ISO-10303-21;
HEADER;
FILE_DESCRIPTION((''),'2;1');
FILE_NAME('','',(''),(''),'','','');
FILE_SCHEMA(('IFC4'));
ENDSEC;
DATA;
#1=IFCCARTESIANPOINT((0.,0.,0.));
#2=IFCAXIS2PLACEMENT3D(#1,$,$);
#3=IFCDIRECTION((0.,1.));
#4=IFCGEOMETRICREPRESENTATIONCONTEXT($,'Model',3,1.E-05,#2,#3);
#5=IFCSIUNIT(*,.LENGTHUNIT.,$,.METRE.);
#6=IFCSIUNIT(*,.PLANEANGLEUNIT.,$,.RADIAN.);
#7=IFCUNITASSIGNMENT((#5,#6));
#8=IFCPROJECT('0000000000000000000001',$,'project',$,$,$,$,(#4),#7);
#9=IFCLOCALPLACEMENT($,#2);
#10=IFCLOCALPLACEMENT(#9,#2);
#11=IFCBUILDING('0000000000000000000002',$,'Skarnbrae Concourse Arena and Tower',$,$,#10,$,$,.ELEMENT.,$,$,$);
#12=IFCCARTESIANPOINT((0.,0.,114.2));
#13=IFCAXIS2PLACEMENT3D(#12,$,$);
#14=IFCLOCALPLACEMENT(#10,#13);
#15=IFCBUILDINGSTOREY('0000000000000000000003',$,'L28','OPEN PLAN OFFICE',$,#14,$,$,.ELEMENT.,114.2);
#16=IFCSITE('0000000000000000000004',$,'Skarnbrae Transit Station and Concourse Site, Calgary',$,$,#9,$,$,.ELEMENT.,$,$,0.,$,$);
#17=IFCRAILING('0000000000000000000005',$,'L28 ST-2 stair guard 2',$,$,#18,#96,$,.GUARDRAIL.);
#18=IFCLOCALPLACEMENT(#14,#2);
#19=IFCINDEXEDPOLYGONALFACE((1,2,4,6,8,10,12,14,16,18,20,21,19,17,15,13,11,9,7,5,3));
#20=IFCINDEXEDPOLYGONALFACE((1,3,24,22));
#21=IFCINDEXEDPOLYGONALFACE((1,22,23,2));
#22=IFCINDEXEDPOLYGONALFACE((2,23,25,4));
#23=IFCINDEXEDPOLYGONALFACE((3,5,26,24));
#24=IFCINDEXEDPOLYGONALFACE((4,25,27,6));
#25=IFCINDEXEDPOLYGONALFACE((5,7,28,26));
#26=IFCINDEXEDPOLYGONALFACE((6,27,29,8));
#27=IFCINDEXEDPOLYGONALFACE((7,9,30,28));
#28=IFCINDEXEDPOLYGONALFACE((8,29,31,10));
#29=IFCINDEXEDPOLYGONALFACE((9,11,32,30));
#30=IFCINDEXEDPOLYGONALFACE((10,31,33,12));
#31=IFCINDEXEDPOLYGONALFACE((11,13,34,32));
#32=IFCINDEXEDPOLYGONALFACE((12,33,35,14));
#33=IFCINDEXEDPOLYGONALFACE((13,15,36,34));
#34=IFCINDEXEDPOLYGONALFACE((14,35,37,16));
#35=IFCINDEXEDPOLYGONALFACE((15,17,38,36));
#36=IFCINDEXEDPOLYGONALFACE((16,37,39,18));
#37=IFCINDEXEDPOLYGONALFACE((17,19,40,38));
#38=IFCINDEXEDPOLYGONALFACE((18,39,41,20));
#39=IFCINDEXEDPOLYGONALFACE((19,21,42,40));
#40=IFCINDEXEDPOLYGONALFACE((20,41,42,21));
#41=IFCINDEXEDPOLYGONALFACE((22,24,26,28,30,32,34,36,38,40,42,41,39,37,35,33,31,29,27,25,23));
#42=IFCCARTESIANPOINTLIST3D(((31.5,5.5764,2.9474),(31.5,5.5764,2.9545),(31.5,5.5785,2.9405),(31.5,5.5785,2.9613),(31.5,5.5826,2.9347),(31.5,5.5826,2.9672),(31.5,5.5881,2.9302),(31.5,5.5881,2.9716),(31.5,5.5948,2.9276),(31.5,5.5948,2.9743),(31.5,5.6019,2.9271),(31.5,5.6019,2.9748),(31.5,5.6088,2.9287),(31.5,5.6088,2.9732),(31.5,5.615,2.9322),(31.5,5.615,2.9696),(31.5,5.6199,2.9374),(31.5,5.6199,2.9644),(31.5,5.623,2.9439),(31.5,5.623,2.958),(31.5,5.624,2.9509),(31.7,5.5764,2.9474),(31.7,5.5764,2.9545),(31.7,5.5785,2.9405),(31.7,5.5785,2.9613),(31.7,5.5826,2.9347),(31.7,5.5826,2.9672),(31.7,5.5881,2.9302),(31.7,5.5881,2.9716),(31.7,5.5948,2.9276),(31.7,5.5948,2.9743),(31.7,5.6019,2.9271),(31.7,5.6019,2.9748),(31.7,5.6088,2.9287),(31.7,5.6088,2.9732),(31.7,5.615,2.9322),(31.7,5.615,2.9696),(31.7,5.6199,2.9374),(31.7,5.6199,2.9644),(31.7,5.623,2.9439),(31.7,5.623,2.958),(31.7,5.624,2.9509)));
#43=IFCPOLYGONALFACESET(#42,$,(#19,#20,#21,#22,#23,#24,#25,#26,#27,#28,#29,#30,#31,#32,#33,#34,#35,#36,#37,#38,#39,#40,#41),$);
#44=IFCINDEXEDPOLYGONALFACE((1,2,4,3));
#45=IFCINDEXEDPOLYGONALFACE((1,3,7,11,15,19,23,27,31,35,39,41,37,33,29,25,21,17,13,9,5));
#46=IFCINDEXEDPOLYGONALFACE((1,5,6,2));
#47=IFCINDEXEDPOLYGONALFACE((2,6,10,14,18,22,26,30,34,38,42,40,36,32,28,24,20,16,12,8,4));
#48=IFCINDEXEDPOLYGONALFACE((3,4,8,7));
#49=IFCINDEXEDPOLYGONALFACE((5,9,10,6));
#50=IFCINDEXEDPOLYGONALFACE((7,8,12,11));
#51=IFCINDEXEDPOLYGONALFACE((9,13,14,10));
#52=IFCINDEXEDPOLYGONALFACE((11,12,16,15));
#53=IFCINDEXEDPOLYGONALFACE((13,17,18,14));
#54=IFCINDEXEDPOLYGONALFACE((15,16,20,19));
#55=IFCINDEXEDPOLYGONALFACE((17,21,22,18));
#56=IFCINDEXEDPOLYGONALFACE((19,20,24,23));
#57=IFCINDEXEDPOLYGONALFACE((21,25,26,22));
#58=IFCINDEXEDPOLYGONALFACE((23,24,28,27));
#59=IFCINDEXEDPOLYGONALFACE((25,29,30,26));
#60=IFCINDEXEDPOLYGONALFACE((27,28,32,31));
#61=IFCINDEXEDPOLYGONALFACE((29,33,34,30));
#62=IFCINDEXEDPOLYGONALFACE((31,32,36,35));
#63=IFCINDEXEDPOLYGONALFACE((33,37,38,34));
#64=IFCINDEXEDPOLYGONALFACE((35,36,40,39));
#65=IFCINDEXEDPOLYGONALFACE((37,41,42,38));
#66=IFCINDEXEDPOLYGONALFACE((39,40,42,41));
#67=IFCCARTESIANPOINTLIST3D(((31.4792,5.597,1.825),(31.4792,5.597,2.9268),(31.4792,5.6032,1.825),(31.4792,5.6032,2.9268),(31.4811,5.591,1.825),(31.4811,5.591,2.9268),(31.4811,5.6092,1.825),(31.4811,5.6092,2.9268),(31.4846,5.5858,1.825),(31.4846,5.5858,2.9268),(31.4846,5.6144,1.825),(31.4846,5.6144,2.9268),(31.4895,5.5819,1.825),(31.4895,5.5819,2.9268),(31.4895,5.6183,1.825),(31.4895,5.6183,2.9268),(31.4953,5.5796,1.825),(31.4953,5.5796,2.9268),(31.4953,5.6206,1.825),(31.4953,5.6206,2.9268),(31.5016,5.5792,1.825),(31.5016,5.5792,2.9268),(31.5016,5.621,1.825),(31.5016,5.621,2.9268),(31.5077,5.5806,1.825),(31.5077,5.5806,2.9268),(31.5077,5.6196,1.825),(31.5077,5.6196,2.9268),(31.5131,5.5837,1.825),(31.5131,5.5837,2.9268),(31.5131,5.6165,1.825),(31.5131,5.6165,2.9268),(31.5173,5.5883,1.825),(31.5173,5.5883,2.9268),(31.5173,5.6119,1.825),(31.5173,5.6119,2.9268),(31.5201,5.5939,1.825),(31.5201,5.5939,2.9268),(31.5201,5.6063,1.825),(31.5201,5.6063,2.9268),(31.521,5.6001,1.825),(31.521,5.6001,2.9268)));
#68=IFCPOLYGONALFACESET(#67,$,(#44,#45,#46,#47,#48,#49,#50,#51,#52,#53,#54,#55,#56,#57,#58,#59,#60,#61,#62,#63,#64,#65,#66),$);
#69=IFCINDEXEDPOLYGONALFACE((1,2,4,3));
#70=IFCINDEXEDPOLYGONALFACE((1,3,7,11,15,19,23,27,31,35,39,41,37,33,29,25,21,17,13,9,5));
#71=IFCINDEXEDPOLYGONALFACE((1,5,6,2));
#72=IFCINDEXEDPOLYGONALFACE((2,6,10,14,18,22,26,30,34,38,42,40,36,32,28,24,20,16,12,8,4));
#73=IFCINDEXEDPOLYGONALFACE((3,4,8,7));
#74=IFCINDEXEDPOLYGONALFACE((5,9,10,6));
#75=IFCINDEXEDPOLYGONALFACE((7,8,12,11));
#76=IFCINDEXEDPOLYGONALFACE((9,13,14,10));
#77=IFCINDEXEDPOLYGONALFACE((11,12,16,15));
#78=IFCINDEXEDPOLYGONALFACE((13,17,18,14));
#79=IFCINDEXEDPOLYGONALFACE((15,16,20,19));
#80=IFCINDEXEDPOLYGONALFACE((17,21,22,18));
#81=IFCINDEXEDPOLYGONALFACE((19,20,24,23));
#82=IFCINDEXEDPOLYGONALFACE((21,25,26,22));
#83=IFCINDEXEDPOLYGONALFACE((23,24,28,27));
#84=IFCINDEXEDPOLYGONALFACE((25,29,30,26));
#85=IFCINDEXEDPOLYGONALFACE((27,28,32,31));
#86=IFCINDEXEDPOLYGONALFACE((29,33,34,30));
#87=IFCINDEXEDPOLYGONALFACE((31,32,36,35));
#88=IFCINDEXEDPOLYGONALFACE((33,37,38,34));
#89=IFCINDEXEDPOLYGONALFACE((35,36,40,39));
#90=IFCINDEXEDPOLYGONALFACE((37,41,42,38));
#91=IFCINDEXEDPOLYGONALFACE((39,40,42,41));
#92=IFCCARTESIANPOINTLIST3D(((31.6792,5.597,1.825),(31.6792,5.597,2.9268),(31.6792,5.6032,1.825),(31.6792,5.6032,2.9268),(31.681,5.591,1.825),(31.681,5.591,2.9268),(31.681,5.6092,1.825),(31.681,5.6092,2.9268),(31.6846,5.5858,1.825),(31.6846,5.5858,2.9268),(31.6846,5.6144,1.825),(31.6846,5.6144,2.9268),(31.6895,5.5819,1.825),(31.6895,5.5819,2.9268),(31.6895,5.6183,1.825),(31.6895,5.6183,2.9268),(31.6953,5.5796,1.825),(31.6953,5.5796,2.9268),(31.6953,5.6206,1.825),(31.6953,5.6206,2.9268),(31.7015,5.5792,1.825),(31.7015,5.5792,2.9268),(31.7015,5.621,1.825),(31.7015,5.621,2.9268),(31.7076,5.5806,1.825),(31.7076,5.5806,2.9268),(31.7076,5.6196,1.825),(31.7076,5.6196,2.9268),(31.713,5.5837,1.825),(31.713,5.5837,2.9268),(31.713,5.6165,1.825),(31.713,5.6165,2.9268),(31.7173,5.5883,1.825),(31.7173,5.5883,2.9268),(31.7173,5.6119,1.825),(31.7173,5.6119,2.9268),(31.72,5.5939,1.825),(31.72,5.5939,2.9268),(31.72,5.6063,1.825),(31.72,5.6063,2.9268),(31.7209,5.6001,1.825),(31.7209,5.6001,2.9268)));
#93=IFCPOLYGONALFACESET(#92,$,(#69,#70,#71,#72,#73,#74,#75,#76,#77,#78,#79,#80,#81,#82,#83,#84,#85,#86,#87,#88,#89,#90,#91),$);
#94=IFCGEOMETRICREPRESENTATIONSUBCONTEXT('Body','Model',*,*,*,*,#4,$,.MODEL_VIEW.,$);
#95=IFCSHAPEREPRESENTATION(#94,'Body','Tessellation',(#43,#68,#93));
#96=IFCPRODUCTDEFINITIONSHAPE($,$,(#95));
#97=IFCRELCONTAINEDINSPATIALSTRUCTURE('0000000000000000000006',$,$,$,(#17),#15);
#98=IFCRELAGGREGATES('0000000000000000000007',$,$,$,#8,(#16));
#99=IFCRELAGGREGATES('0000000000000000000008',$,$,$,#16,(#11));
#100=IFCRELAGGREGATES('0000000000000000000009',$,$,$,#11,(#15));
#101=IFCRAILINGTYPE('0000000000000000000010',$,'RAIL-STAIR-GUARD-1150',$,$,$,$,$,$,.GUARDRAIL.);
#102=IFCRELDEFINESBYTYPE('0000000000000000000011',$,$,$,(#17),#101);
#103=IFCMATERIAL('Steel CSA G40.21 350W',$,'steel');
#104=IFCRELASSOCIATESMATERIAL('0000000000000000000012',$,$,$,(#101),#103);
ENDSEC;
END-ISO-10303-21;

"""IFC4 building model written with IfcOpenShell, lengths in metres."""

from ifc_helpers import new_model, si_unit, direction, frame, origin, origin_2d, place, context, subcontext, project, spatial, circle, extrude, material, type_object, element, save


model = new_model("IFC4")

# Units and contexts
model_context = context("Model", 3, precision=1e-05, world=origin(), true_north=direction((0.0, 1.0)))
body_context = subcontext(model_context, "Body", "Model", "MODEL_VIEW")
ifc_project = project(units=[si_unit("LENGTHUNIT", "METRE"), si_unit("PLANEANGLEUNIT", "RADIAN")], contexts=[model_context])

# Site, building, storey
site_placement = place(None, origin())
site = spatial("IfcSite", under=ifc_project, at=site_placement, Name="Skarnbrae Transit Station and Concourse Site, Calgary", CompositionType="ELEMENT", RefElevation=0.0)
building_placement = place(site_placement, origin())
building = spatial("IfcBuilding", under=site, at=building_placement, Name="Skarnbrae Concourse Arena and Tower", CompositionType="ELEMENT")
storey_placement = place(building_placement, frame((0.0, 0.0, 114.2)))
storey = spatial("IfcBuildingStorey", under=building, at=storey_placement, Name="L28", Description="OPEN PLAN OFFICE", CompositionType="ELEMENT", Elevation=114.2)

# Railing
ifc_material_1 = material(Name="Steel CSA G40.21 350W", Category="steel")
railing_type_1 = type_object("IfcRailingType", Name="RAIL-STAIR-GUARD-1150", PredefinedType="GUARDRAIL", material=ifc_material_1)
railing_1_placement = place(storey_placement, frame((31.5, 5.6001, 1.825)))
element("IfcRailing", 1, at=railing_1_placement, inside=storey, type_object=railing_type_1, Name="L28 ST-2 stair guard 2", PredefinedType="GUARDRAIL", context=body_context, shape_type="SweptSolid", body=[
    extrude(circle(Radius=0.0239, at=origin_2d()), frame((0.0, 0.0, 1.126), z_axis=(1.0, 0.0, 0.0), x_axis=(0.0, 1.0, 0.0)), (0.0, 0.0, 1.0), 0.2),
    extrude(circle(Radius=0.021, at=origin_2d()), origin(), (0.0, 0.0, 1.0), 1.1018),
    extrude(circle(Radius=0.021, at=origin_2d()), frame((0.2, 0.0, 0.0)), (0.0, 0.0, 1.0), 1.1018),
])

save(model, "model.ifc")
